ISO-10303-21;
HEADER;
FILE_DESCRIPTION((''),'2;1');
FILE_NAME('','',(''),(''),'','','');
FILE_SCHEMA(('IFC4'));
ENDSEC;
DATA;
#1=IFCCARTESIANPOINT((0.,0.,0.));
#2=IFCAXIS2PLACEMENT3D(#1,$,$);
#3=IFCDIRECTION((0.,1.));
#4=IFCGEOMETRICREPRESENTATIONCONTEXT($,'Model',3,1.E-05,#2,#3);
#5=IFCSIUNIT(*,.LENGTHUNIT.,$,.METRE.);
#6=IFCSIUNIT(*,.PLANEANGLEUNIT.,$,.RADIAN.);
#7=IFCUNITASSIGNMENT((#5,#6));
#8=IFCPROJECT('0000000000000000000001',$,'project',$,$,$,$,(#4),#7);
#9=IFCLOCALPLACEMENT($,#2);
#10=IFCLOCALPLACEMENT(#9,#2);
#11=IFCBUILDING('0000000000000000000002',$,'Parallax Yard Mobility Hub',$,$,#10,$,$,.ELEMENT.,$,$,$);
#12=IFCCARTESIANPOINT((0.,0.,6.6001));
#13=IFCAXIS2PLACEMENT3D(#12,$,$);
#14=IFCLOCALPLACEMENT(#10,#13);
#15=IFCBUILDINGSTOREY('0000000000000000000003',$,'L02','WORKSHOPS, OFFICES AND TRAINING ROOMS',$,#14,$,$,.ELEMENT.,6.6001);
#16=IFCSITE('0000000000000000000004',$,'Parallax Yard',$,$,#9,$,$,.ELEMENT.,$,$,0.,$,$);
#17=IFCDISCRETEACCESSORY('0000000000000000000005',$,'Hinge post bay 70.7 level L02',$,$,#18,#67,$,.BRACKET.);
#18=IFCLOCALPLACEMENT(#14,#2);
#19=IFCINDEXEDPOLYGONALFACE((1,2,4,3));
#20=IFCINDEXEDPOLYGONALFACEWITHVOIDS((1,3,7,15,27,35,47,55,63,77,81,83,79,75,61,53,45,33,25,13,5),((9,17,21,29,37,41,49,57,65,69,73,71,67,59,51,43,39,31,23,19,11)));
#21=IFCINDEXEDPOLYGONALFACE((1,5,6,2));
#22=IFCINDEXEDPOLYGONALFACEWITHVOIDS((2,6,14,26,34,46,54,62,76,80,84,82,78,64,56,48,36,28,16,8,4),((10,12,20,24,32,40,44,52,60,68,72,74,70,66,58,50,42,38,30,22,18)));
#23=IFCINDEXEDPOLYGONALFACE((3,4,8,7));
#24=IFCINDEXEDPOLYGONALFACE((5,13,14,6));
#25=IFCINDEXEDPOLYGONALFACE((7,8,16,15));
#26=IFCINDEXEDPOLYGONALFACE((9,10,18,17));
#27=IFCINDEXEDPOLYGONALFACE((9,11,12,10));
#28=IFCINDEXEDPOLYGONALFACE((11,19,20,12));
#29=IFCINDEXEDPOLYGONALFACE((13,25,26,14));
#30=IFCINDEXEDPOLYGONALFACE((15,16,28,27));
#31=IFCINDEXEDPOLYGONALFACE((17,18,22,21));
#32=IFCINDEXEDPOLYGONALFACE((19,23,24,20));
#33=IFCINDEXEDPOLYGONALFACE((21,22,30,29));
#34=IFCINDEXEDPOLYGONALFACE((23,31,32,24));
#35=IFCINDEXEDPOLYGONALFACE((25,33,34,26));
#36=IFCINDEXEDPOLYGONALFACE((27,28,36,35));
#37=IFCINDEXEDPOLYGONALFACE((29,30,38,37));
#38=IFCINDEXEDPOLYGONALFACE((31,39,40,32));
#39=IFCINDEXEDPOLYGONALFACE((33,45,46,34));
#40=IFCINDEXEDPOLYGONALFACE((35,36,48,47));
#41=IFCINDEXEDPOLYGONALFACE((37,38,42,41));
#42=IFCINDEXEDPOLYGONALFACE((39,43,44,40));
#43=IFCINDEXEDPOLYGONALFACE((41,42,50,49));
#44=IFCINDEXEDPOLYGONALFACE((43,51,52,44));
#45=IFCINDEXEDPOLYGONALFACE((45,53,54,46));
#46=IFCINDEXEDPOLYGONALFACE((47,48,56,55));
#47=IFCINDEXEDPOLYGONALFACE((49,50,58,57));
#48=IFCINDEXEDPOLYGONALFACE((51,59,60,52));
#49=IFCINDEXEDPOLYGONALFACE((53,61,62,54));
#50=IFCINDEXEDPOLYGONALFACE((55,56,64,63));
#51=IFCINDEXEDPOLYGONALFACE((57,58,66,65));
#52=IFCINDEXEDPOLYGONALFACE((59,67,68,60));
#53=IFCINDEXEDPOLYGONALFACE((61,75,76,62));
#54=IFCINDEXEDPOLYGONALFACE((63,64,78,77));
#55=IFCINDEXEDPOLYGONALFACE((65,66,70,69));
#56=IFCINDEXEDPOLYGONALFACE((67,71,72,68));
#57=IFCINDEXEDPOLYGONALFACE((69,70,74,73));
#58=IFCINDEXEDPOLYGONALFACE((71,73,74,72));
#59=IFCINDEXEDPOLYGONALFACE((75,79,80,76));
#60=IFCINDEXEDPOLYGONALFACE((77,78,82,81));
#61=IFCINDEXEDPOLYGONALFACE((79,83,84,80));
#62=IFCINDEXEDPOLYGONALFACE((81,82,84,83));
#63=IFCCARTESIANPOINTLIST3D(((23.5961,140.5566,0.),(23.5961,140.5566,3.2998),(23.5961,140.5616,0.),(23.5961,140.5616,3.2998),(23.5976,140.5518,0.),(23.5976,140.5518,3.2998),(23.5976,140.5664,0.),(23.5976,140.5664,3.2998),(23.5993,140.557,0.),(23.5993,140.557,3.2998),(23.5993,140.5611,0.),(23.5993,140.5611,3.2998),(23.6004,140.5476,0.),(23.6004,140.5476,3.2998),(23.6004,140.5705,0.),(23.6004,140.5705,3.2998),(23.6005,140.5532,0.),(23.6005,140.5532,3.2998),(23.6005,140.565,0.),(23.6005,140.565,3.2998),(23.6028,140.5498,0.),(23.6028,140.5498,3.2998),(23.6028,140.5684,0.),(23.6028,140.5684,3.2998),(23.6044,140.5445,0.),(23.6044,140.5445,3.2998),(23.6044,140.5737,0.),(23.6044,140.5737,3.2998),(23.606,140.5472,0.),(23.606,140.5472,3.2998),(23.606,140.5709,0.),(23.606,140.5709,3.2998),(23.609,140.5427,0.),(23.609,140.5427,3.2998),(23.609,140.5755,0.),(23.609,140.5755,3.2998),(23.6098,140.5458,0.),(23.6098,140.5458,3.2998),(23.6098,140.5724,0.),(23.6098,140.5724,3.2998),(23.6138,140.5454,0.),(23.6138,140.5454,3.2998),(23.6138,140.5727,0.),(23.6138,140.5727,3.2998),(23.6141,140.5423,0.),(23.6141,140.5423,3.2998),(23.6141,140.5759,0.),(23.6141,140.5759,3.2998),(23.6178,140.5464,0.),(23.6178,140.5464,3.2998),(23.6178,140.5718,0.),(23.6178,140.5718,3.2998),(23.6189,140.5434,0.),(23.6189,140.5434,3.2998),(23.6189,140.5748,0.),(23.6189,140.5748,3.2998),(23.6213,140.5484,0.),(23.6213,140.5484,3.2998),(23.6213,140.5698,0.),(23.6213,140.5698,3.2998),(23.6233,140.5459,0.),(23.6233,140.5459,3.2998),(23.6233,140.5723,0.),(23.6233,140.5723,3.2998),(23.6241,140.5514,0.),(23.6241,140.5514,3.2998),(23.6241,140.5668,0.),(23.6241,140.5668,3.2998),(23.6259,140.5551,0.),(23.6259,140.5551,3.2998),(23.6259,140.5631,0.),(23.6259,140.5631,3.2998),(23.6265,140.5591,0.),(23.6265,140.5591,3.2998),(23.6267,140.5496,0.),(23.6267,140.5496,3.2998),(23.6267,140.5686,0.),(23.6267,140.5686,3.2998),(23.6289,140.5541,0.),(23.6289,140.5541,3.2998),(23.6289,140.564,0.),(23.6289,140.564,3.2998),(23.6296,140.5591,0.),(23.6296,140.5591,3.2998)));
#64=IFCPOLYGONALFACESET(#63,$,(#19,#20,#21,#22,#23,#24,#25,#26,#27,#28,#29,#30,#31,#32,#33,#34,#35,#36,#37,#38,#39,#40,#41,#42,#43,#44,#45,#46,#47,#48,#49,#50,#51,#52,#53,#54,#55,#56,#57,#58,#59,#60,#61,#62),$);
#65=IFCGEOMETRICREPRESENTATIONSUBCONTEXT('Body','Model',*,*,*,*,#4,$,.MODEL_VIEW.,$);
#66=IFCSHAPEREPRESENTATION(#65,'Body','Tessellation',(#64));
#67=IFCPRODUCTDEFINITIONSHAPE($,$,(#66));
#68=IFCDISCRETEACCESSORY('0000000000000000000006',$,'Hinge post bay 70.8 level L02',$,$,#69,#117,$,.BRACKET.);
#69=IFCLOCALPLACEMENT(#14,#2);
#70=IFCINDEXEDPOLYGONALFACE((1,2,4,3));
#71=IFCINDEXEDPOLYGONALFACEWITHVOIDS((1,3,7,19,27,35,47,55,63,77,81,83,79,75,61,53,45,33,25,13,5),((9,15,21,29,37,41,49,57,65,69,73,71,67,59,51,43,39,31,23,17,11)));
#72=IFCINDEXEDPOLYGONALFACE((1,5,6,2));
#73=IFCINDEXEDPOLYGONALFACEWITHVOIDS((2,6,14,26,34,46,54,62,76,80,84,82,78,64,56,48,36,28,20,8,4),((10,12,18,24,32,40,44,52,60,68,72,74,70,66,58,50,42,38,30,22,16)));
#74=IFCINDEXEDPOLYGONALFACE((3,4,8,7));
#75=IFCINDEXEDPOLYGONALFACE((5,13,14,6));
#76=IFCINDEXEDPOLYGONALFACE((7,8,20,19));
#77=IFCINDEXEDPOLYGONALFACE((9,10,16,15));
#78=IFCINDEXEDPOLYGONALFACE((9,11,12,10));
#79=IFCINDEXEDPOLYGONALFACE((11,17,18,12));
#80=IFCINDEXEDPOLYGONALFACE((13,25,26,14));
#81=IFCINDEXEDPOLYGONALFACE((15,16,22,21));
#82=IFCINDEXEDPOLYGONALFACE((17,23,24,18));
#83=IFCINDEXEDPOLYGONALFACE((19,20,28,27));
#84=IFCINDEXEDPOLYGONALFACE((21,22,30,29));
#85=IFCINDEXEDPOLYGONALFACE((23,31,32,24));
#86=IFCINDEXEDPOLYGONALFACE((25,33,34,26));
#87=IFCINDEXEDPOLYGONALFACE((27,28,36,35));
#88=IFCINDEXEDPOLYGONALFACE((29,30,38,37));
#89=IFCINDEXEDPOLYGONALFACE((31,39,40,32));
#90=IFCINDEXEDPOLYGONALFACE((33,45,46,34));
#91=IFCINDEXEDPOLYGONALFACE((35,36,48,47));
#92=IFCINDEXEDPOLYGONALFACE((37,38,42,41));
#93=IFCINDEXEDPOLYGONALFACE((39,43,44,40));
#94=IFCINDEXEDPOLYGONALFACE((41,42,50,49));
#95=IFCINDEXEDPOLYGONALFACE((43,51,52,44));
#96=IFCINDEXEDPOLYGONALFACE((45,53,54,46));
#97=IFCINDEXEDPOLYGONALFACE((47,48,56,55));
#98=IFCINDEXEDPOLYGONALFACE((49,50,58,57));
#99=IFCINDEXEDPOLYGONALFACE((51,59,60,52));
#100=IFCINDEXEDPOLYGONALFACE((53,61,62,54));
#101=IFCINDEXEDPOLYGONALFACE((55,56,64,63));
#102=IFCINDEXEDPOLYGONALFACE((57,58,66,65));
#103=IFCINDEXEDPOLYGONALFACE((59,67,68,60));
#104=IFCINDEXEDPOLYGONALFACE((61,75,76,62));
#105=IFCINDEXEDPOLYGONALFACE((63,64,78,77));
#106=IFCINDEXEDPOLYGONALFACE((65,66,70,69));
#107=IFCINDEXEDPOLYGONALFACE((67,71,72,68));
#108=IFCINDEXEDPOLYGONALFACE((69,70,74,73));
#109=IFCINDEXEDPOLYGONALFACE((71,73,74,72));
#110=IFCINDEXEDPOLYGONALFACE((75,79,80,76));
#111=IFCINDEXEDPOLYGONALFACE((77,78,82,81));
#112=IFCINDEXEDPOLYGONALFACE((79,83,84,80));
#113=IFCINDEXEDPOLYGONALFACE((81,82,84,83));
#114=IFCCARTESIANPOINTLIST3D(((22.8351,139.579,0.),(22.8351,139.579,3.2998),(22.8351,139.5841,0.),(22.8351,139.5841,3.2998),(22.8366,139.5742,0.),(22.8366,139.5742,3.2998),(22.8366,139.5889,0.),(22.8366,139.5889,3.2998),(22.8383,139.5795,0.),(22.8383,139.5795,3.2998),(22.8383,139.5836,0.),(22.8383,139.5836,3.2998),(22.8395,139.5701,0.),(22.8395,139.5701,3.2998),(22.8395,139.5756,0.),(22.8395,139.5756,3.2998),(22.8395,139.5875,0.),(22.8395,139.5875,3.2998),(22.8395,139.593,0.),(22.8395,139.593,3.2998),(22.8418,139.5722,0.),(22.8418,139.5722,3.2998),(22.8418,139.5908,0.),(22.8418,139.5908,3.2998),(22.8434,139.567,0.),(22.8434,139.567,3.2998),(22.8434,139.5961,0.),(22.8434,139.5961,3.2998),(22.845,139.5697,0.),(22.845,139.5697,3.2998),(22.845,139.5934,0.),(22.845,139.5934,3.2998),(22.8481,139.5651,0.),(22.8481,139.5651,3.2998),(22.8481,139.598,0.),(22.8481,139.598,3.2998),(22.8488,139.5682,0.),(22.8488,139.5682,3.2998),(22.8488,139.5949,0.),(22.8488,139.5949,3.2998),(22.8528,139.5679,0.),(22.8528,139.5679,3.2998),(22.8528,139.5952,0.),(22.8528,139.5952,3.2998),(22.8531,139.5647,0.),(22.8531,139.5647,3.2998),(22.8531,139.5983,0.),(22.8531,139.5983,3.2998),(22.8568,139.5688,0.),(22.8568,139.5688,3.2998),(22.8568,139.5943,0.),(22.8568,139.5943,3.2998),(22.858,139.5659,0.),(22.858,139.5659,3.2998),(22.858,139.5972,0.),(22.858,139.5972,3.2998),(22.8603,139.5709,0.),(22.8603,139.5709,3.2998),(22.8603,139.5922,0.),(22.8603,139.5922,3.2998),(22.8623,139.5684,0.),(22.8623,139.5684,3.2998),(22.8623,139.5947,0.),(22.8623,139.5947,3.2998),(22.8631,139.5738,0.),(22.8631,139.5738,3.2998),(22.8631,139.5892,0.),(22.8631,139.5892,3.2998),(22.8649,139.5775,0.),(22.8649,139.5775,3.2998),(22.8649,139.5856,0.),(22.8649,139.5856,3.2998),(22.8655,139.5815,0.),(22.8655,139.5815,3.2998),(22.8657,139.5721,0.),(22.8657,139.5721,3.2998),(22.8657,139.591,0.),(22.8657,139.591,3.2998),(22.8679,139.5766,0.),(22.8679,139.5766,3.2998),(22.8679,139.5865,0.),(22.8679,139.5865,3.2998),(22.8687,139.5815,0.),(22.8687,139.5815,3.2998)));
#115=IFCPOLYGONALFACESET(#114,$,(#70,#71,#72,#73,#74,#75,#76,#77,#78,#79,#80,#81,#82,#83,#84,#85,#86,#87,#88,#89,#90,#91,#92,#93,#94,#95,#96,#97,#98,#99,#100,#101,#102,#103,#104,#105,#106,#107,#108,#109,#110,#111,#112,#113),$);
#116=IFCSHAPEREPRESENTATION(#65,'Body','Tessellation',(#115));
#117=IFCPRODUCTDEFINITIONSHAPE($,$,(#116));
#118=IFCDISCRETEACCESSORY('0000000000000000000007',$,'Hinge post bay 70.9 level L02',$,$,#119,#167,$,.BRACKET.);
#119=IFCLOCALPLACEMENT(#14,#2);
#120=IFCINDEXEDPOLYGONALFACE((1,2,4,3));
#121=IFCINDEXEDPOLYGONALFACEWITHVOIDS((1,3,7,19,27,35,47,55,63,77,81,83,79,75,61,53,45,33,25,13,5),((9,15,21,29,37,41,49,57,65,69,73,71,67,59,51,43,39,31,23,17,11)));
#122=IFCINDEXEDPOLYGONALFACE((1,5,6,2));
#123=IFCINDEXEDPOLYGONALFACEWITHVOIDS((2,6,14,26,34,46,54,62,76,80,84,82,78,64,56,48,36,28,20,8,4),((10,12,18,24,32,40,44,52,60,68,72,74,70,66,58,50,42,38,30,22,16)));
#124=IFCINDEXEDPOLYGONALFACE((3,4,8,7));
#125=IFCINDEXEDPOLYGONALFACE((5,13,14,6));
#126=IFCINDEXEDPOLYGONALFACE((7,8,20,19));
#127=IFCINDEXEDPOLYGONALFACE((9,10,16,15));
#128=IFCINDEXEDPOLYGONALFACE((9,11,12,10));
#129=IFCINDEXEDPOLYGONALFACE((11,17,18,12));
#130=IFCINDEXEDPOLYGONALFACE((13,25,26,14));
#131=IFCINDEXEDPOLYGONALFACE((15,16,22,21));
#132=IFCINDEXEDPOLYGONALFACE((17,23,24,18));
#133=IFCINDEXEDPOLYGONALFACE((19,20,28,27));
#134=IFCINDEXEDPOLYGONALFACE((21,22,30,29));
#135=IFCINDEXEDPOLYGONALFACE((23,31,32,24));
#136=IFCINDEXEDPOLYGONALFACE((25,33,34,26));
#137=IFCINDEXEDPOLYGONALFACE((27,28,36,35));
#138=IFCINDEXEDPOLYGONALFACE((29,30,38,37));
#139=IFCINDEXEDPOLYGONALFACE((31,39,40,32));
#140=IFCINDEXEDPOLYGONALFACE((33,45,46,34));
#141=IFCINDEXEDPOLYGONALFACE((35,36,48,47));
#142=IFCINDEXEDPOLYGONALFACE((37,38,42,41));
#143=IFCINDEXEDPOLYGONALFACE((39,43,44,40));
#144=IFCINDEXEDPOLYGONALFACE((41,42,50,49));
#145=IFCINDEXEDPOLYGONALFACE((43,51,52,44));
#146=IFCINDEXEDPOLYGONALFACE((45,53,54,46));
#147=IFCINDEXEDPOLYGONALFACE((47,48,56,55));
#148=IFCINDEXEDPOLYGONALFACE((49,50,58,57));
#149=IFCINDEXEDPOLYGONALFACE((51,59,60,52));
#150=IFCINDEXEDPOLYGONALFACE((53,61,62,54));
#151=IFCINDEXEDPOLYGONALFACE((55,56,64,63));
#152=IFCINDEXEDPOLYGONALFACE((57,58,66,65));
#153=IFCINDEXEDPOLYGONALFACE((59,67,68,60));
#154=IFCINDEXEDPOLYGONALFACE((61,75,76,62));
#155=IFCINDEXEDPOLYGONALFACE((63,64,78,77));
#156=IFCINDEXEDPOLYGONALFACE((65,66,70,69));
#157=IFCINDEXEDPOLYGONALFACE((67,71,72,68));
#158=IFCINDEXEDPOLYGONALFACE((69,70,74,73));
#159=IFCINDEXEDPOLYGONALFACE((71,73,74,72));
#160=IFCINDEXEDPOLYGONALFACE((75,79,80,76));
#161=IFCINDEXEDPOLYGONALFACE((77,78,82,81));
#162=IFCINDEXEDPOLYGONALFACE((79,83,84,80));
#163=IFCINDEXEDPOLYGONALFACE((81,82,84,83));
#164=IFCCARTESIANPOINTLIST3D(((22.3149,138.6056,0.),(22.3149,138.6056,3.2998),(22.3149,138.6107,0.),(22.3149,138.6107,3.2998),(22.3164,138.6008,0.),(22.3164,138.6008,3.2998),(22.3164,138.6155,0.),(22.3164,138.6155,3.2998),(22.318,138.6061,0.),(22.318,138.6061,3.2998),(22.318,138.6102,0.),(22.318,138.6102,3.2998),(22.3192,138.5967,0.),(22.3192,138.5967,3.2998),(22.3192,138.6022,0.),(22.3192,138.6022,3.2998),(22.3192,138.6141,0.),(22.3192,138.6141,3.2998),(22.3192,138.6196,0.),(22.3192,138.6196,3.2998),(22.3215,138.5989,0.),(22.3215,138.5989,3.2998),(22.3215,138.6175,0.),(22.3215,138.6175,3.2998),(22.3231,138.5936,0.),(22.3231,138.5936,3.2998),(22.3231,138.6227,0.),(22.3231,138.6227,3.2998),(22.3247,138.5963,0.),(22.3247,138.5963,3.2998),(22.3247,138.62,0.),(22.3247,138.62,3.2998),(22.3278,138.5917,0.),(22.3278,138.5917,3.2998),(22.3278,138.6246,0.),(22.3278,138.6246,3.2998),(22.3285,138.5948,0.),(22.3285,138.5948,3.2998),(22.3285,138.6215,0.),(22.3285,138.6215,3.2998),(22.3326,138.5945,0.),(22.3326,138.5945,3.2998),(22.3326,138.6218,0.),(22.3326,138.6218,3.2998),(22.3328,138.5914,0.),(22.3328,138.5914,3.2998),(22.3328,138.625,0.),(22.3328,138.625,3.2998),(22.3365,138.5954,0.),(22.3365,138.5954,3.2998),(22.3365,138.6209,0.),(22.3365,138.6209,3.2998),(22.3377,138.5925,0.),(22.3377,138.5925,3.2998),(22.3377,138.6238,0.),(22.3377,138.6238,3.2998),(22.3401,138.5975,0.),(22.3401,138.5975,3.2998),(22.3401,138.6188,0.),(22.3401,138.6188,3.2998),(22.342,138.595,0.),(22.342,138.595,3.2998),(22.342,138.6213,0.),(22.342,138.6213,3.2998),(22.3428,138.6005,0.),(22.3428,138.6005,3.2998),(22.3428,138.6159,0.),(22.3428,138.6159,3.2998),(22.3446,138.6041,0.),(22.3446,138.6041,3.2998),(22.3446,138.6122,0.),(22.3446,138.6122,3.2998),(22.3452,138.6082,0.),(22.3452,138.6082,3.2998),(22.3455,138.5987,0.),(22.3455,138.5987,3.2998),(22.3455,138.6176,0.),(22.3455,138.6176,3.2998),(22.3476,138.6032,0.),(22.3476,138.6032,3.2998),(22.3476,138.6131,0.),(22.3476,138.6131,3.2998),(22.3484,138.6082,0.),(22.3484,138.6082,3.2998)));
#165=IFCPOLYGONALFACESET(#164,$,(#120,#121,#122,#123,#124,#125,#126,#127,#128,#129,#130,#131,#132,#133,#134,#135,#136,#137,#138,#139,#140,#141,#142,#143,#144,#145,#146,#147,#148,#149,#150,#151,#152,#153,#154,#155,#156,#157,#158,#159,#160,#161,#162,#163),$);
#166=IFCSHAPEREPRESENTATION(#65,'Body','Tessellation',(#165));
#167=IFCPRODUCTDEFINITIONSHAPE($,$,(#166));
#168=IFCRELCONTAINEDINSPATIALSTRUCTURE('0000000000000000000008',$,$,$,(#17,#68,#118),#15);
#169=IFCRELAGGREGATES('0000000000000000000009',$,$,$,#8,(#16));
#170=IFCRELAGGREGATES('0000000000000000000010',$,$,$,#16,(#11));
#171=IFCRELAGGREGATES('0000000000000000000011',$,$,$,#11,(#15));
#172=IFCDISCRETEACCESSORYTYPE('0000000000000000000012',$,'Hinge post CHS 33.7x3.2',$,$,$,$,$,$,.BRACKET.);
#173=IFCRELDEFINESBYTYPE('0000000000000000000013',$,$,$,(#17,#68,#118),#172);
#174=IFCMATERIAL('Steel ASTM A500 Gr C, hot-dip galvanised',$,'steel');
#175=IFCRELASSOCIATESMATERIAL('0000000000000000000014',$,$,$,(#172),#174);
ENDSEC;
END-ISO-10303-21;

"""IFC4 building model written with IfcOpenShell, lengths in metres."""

from ifc_helpers import new_model, si_unit, direction, frame, origin, origin_2d, place, context, subcontext, project, spatial, hollow_circle, extrude, material, material_profile, profile_set, type_object, element, save


model = new_model("IFC4")

# Units and contexts
model_context = context("Model", 3, precision=1e-05, world=origin(), true_north=direction((0.0, 1.0)))
body_context = subcontext(model_context, "Body", "Model", "MODEL_VIEW")
ifc_project = project(units=[si_unit("LENGTHUNIT", "METRE"), si_unit("PLANEANGLEUNIT", "RADIAN")], contexts=[model_context])

# Site, building, storey
site_placement = place(None, origin())
site = spatial("IfcSite", under=ifc_project, at=site_placement, Name="Parallax Yard", CompositionType="ELEMENT", RefElevation=0.0)
building_placement = place(site_placement, origin())
building = spatial("IfcBuilding", under=site, at=building_placement, Name="Parallax Yard Mobility Hub", CompositionType="ELEMENT")
storey_placement = place(building_placement, frame((0.0, 0.0, 6.6001)))
storey = spatial("IfcBuildingStorey", under=building, at=storey_placement, Name="L02", Description="WORKSHOPS, OFFICES AND TRAINING ROOMS", CompositionType="ELEMENT", Elevation=6.6001)

# Discrete accessories
ifc_material_1 = material(Name="Steel ASTM A500 Gr C, hot-dip galvanised", Category="steel")
ifc_material_profile_1 = material_profile(ifc_material_1, hollow_circle(Radius=0.0168, WallThickness=0.0032, at=origin_2d()), Name="CHS 33.7x3.2")
ifc_profile_set_1 = profile_set([ifc_material_profile_1], Name="Steel ASTM A500 Gr C, hot-dip galvanised")
discrete_accessory_type_1 = type_object("IfcDiscreteAccessoryType", Name="Hinge post CHS 33.7x3.2", PredefinedType="BRACKET", material=ifc_profile_set_1)
for number, where, z_axis, x_axis, name in (
    (1, (23.6128, 140.5591, 0.0), (0.0, 0.0, 1.0), (1.0, 0.0, 0.0), "Hinge post bay 70.7 level L02"),
    (2, (22.8518, 139.5815, 0.0), (0.0, 0.0, 1.0), (1.0, 0.0, 0.0), "Hinge post bay 70.8 level L02"),
    (3, (22.3315, 138.6082, 0.0), (0.0, 0.0, 1.0), (1.0, 0.0, 0.0), "Hinge post bay 70.9 level L02"),
):
    element("IfcDiscreteAccessory", number, at=place(storey_placement, frame(where, z_axis=z_axis, x_axis=x_axis)), inside=storey, type_object=discrete_accessory_type_1, Name=name, PredefinedType="BRACKET", context=body_context, shape_type="SweptSolid", body=[
        extrude(hollow_circle(Radius=0.0168, WallThickness=0.0032, at=origin_2d()), origin(), (0.0, 0.0, 1.0), 3.2998),
    ])

save(model, "model.ifc")
